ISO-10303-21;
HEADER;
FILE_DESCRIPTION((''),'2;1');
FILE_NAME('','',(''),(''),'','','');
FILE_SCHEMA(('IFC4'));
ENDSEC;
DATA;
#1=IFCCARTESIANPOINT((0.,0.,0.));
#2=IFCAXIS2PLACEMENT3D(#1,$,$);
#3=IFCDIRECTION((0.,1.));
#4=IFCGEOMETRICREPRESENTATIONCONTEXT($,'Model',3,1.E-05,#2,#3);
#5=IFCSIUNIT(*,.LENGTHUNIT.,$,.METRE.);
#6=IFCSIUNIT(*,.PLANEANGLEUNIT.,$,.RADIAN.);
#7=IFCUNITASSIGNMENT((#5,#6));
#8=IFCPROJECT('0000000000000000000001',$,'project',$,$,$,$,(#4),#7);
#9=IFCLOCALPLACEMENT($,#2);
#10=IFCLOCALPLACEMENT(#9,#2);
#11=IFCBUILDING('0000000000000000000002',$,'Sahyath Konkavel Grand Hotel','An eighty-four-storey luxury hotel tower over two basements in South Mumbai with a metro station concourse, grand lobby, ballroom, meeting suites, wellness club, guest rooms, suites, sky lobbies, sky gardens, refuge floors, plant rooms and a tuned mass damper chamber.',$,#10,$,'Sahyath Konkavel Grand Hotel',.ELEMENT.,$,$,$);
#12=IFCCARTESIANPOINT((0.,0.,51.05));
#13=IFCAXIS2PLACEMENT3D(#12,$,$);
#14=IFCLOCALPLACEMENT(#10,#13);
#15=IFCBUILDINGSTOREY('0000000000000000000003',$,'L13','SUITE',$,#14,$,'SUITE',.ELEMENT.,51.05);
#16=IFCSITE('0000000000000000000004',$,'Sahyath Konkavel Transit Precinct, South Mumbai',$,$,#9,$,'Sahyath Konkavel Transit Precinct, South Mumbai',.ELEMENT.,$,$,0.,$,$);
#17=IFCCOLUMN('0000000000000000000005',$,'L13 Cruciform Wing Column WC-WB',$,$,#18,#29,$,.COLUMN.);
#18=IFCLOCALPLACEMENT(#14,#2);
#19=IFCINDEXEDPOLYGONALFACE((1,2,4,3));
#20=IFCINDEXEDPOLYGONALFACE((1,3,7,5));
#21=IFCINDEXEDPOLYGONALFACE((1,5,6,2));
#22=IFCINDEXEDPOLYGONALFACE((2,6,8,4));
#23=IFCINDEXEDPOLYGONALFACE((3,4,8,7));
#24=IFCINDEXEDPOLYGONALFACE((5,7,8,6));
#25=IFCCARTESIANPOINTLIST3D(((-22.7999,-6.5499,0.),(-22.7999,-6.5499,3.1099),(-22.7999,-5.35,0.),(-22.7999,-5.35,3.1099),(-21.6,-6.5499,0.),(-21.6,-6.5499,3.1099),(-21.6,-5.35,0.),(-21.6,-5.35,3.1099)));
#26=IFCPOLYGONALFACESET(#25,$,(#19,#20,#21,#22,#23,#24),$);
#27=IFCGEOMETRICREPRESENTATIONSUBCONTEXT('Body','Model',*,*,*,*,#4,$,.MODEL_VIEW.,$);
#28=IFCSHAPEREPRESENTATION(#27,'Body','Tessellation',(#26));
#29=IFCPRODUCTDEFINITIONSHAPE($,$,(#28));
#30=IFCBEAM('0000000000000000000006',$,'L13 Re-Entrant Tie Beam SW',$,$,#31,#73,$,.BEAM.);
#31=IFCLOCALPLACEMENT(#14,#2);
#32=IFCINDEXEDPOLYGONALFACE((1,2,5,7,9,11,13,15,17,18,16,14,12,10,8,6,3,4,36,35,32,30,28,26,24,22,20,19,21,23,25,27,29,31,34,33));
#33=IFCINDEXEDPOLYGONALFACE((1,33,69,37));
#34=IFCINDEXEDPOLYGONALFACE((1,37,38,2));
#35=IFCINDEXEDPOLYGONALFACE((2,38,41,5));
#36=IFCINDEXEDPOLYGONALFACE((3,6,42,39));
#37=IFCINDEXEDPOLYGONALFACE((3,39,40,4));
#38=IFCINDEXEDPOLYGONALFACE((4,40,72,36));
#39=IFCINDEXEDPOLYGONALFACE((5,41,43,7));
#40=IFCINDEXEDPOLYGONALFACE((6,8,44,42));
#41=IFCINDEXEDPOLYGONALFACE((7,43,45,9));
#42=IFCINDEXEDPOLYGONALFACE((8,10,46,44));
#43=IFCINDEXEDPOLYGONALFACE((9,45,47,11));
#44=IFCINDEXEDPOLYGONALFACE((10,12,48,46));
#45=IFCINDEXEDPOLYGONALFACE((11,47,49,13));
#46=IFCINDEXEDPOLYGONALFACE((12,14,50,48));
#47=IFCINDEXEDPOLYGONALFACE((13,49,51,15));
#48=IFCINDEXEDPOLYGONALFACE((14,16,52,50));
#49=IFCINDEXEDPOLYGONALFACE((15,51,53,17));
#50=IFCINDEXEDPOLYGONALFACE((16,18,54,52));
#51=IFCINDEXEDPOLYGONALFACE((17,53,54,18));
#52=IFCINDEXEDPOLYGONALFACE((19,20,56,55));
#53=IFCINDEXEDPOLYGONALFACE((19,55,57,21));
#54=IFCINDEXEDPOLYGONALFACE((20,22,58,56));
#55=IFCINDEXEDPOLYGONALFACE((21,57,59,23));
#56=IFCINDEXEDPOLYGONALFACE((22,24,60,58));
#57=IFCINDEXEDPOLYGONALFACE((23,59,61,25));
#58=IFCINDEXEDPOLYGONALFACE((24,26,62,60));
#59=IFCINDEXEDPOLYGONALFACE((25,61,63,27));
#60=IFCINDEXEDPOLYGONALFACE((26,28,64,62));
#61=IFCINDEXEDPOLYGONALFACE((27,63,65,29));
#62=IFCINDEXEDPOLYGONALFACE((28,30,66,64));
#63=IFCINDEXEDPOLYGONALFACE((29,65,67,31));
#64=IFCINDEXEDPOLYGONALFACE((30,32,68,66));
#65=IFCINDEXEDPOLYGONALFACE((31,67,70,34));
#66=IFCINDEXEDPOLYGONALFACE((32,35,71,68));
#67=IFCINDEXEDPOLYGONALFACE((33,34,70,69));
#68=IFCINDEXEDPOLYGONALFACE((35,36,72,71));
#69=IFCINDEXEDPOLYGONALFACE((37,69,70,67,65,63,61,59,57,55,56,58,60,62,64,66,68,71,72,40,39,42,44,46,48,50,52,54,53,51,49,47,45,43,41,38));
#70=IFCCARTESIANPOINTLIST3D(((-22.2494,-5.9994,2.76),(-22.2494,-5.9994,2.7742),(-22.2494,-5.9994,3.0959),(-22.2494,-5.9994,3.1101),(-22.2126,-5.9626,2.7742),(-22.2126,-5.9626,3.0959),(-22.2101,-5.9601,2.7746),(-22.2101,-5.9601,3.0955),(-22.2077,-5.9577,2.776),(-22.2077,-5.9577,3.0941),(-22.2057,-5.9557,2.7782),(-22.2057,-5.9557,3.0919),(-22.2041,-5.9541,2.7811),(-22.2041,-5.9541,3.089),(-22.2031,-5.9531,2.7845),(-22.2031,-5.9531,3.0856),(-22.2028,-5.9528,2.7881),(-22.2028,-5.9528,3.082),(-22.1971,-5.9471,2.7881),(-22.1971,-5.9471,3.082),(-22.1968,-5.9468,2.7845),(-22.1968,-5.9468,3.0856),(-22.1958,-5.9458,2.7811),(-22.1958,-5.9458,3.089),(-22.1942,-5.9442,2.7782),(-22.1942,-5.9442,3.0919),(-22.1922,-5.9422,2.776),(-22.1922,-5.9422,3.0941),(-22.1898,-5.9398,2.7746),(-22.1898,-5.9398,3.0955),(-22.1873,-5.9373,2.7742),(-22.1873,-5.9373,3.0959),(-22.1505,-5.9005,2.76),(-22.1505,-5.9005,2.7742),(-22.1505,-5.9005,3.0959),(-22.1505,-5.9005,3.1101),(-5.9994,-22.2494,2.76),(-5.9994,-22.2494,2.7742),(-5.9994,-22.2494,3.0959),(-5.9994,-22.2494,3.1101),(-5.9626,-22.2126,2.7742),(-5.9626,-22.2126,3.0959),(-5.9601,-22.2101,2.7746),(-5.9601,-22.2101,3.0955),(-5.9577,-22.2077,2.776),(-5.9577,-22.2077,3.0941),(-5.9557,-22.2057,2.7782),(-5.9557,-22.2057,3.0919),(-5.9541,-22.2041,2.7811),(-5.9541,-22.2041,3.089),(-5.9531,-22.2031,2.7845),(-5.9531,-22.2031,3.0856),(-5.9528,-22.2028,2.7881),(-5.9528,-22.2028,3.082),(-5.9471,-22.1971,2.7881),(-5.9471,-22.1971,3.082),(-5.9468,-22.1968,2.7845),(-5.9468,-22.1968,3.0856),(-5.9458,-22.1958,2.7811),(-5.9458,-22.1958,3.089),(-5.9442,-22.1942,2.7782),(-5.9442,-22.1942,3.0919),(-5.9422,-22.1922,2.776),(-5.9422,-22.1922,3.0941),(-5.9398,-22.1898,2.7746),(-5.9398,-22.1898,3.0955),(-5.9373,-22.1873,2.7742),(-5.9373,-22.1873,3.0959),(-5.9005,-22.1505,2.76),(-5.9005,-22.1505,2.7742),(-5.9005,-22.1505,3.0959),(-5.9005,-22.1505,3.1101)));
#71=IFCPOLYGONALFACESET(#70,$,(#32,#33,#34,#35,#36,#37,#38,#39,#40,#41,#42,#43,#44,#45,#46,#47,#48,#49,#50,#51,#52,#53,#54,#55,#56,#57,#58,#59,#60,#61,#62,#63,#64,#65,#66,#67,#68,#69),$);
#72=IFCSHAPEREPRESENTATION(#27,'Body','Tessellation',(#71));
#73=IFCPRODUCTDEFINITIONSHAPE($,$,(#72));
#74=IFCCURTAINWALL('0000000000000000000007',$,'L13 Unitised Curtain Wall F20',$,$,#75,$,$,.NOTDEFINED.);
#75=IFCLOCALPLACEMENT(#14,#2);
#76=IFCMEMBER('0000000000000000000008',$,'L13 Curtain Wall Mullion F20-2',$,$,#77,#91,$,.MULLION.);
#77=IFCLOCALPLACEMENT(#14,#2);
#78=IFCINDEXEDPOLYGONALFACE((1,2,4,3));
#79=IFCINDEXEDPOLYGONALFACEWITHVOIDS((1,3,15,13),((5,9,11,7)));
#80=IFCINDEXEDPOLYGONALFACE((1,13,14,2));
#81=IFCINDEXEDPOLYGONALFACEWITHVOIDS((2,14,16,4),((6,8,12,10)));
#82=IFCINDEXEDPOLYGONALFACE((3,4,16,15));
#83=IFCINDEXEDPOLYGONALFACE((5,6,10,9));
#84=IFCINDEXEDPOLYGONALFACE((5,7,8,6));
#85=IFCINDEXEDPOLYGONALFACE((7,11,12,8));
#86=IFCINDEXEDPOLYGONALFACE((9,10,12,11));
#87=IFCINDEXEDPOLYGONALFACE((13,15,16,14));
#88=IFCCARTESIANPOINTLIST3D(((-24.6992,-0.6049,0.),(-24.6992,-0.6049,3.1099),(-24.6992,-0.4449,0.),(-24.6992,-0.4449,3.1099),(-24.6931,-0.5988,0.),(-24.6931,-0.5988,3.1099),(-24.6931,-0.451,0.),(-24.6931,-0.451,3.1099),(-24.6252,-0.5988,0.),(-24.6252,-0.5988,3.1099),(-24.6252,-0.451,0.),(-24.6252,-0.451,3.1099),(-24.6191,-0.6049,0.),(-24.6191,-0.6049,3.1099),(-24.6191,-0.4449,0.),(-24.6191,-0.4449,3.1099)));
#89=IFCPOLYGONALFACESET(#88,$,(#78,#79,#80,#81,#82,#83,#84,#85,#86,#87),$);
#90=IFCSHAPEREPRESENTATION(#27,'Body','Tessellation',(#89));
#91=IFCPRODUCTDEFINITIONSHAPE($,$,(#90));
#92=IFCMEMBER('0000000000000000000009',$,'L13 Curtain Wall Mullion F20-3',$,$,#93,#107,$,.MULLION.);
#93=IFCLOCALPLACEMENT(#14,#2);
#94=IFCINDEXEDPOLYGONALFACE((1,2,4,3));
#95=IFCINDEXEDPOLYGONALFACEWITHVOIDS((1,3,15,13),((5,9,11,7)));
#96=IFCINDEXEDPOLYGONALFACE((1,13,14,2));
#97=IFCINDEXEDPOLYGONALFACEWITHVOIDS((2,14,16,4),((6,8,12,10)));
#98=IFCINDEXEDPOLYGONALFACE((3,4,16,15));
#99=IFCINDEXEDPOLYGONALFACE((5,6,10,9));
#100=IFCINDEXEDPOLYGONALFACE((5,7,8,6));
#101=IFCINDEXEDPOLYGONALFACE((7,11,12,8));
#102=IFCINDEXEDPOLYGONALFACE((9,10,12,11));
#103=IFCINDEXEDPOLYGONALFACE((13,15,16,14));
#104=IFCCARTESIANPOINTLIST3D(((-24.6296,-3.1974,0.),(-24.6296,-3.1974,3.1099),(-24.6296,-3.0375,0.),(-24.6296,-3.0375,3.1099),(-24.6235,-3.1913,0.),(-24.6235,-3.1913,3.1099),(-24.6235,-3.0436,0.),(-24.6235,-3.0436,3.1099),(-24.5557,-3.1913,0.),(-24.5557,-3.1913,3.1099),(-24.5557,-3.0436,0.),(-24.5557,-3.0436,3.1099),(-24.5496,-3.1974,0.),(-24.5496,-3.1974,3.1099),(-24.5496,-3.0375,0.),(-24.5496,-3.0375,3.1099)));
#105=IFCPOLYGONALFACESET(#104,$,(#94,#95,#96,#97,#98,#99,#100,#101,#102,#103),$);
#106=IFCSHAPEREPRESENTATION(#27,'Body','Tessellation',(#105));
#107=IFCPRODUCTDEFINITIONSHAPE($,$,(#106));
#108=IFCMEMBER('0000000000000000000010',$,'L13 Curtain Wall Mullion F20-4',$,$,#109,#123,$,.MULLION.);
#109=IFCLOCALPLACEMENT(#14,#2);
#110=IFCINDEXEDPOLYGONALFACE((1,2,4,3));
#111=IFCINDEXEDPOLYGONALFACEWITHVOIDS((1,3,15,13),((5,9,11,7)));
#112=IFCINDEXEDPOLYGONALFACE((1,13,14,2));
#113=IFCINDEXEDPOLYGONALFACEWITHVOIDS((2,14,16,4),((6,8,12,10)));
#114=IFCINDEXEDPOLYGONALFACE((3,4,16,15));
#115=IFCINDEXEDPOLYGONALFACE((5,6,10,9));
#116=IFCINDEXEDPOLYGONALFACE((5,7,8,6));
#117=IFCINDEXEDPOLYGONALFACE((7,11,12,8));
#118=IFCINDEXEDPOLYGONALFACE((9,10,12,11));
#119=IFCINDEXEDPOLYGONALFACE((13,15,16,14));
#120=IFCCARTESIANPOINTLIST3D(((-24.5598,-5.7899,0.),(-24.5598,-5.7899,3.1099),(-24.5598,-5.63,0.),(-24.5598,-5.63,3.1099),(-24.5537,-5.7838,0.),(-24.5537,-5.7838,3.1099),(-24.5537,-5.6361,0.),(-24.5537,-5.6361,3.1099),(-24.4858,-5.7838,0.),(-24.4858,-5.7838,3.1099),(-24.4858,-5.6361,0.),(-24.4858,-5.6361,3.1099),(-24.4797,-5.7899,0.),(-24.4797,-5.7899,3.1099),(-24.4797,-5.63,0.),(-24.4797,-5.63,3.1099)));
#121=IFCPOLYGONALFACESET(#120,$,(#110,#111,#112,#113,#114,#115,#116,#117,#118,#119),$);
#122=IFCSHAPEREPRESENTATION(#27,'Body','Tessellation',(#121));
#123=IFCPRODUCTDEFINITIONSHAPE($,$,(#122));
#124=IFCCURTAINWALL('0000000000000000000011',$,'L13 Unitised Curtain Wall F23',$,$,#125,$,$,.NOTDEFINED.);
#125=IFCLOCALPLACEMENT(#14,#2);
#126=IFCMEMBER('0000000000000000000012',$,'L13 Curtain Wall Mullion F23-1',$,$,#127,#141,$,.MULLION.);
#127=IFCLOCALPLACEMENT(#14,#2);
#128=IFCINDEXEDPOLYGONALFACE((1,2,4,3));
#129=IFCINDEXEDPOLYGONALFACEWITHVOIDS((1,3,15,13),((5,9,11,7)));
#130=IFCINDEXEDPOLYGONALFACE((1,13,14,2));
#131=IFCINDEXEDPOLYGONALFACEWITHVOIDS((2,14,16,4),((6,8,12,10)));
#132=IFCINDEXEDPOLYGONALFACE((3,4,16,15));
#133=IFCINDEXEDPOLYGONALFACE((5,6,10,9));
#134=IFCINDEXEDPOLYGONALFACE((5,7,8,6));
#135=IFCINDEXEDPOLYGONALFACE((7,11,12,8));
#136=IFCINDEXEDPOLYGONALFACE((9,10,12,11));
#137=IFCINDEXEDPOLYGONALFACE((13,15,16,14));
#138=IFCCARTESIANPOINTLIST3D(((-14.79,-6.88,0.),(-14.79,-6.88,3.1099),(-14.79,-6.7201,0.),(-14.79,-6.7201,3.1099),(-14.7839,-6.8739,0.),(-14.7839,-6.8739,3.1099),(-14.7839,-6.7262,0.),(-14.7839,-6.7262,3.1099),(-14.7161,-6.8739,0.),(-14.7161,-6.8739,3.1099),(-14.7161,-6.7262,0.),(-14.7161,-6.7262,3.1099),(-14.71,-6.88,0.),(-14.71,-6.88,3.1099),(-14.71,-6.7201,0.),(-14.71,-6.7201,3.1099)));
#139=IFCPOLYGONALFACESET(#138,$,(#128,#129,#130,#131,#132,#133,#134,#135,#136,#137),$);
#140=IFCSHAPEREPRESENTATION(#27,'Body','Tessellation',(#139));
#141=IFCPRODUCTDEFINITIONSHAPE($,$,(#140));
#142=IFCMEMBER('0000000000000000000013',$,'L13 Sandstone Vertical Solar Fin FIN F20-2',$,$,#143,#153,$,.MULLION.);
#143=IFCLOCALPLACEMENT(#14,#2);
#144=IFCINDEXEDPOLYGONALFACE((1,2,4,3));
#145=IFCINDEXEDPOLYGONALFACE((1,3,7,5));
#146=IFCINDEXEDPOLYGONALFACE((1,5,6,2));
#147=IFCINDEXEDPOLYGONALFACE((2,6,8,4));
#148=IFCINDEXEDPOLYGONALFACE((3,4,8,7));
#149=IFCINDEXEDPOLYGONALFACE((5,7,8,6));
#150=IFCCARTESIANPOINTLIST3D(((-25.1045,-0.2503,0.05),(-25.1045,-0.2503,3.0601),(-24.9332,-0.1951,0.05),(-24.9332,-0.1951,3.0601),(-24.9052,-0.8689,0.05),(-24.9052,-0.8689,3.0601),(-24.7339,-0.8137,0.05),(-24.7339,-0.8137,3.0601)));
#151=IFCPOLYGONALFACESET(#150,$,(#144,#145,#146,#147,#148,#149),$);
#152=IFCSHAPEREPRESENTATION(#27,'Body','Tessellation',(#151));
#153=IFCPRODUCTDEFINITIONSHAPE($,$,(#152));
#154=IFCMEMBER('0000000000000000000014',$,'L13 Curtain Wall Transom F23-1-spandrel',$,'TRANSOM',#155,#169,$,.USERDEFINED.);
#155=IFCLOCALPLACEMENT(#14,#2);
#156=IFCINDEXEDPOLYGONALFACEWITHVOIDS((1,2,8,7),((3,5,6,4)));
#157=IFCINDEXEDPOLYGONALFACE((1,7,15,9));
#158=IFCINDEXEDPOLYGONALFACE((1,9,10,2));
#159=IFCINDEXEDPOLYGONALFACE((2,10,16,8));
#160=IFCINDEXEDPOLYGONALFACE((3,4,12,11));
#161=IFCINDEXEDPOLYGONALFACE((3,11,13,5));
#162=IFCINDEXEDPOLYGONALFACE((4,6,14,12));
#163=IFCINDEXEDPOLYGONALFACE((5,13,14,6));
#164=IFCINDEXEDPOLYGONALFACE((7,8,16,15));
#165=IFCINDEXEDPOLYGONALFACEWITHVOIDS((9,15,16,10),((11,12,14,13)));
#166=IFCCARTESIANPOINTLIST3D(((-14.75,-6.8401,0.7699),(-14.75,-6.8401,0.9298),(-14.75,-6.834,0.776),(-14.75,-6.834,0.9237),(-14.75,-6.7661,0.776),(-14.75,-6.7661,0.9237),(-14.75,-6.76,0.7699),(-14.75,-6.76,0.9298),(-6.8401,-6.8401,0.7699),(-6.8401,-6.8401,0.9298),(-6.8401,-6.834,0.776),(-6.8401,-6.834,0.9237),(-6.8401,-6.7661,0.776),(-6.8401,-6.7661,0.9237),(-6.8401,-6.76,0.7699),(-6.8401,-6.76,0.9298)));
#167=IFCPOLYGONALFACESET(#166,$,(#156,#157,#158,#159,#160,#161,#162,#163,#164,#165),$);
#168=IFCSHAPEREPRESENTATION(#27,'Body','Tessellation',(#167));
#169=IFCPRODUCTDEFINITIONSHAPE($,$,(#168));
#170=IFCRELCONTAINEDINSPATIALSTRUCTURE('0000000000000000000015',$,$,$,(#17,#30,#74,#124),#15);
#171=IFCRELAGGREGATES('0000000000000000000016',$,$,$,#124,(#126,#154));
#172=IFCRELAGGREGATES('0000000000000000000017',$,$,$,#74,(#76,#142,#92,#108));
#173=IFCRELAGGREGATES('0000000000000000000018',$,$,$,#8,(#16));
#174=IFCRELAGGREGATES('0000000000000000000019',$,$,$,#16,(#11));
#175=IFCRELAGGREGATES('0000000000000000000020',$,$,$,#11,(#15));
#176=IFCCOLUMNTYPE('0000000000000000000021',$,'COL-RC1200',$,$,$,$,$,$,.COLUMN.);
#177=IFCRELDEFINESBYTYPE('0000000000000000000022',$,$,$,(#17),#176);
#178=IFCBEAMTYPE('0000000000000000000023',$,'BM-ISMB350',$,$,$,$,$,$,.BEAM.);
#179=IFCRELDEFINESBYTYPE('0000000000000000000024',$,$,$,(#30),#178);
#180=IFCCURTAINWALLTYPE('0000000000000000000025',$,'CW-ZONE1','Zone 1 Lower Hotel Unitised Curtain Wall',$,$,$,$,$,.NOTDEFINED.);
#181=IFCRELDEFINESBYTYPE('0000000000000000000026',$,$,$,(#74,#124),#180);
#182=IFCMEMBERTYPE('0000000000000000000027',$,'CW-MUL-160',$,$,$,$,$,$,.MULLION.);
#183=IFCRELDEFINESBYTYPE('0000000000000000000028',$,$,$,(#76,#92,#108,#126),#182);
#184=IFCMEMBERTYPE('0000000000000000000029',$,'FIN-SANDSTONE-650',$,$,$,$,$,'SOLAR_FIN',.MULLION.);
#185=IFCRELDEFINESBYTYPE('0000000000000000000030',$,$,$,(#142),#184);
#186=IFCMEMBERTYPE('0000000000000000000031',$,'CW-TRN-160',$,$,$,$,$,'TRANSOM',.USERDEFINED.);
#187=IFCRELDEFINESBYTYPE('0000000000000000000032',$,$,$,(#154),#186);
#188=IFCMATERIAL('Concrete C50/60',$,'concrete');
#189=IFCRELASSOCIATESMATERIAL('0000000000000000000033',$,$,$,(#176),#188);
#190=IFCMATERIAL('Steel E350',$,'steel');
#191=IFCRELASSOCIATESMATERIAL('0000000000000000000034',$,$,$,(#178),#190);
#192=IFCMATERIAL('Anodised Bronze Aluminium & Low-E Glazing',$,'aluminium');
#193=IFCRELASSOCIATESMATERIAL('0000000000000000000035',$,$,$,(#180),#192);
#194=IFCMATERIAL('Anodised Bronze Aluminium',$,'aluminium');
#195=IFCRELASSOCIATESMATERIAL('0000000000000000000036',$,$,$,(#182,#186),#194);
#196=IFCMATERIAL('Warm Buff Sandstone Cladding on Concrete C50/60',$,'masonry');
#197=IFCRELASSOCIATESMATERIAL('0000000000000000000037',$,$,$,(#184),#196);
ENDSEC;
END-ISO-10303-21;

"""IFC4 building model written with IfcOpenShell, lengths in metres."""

from ifc_helpers import new_model, si_unit, direction, frame, origin, origin_2d, place, context, subcontext, project, spatial, rectangle, hollow_rectangle, i_section, extrude, source, transform, mapped, material, material_profile, profile_set, type_object, element, aggregate, save


model = new_model("IFC4")

# Units and contexts
model_context = context("Model", 3, precision=1e-05, world=origin(), true_north=direction((0.0, 1.0)))
body_context = subcontext(model_context, "Body", "Model", "MODEL_VIEW")
ifc_project = project(units=[si_unit("LENGTHUNIT", "METRE"), si_unit("PLANEANGLEUNIT", "RADIAN")], contexts=[model_context])

# Site, building, storey
site_placement = place(None, origin())
site = spatial("IfcSite", under=ifc_project, at=site_placement, Name="Sahyath Konkavel Transit Precinct, South Mumbai", LongName="Sahyath Konkavel Transit Precinct, South Mumbai", CompositionType="ELEMENT", RefElevation=0.0)
building_placement = place(site_placement, origin())
building = spatial("IfcBuilding", under=site, at=building_placement, Name="Sahyath Konkavel Grand Hotel", Description="An eighty-four-storey luxury hotel tower over two basements in South Mumbai with a metro station concourse, grand lobby, ballroom, meeting suites, wellness club, guest rooms, suites, sky lobbies, sky gardens, refuge floors, plant rooms and a tuned mass damper chamber.", LongName="Sahyath Konkavel Grand Hotel", CompositionType="ELEMENT")
storey_placement = place(building_placement, frame((0.0, 0.0, 51.05)))
storey = spatial("IfcBuildingStorey", under=building, at=storey_placement, Name="L13", Description="SUITE", LongName="SUITE", CompositionType="ELEMENT", Elevation=51.05)

# Column
ifc_material_1 = material(Name="Concrete C50/60", Category="concrete")
ifc_material_profile_1 = material_profile(ifc_material_1, rectangle(XDim=1.2, YDim=1.2, at=origin_2d()), Name="RC 1200x1200")
ifc_profile_set_1 = profile_set([ifc_material_profile_1], Name="Concrete C50/60")
column_type = type_object("IfcColumnType", Name="COL-RC1200", PredefinedType="COLUMN", material=ifc_profile_set_1)
shared_shape_1 = source(origin(), body_context, "Body", "SweptSolid", [
    extrude(rectangle(XDim=1.2, YDim=1.2, at=origin_2d()), origin(), (0.0, 0.0, 1.0), 3.1099),
])
column_placement = place(storey_placement, frame((-22.2, -5.95, 0.0), z_axis=(0.0, 0.0, 1.0), x_axis=(1.0, 0.0, 0.0)))
element("IfcColumn", 1, at=column_placement, inside=storey, type_object=column_type, Name="L13 Cruciform Wing Column WC-WB", PredefinedType="COLUMN", context=body_context, shape_type="MappedRepresentation", body=[
    mapped(shared_shape_1, transform((0.0, 0.0, 0.0), scale=1.0)),
])

# Beam
ifc_material_2 = material(Name="Steel E350", Category="steel")
ifc_material_profile_2 = material_profile(ifc_material_2, i_section(OverallWidth=0.1399, OverallDepth=0.3501, WebThickness=0.0081, FlangeThickness=0.0142, FilletRadius=0.0139, at=origin_2d()), Name="ISMB 350")
ifc_profile_set_2 = profile_set([ifc_material_profile_2], Name="Steel E350")
beam_type_1 = type_object("IfcBeamType", Name="BM-ISMB350", PredefinedType="BEAM", material=ifc_profile_set_2)
shared_shape_2 = source(origin(), body_context, "Body", "SweptSolid", [
    extrude(i_section(OverallWidth=0.1399, OverallDepth=0.3501, WebThickness=0.0081, FlangeThickness=0.0142, FilletRadius=0.0139, at=origin_2d()), origin(), (0.0, 0.0, 1.0), 22.981),
])
beam_1_placement = place(storey_placement, frame((-22.2, -5.95, 2.9351), z_axis=(0.707107, -0.707107, 0.0), x_axis=(0.707107, 0.707107, 0.0)))
element("IfcBeam", 2, at=beam_1_placement, inside=storey, type_object=beam_type_1, Name="L13 Re-Entrant Tie Beam SW", PredefinedType="BEAM", context=body_context, shape_type="MappedRepresentation", body=[
    mapped(shared_shape_2, transform((0.0, 0.0, 0.0), scale=1.0)),
])

# Curtain wall, members
ifc_material_3 = material(Name="Anodised Bronze Aluminium & Low-E Glazing", Category="aluminium")
curtain_wall_type = type_object("IfcCurtainWallType", Name="CW-ZONE1", Description="Zone 1 Lower Hotel Unitised Curtain Wall", PredefinedType="NOTDEFINED", material=ifc_material_3)
curtain_wall_1_placement = place(storey_placement, origin())
curtain_wall_1 = element("IfcCurtainWall", 3, at=curtain_wall_1_placement, inside=storey, type_object=curtain_wall_type, Name="L13 Unitised Curtain Wall F20", PredefinedType="NOTDEFINED")
ifc_material_4 = material(Name="Anodised Bronze Aluminium", Category="aluminium")
ifc_material_profile_3 = material_profile(ifc_material_4, hollow_rectangle(XDim=0.0801, YDim=0.1599, WallThickness=0.0061, at=origin_2d()), Name="RHS 160x80x6")
ifc_profile_set_3 = profile_set([ifc_material_profile_3], Name="Anodised Bronze Aluminium")
member_type_1 = type_object("IfcMemberType", Name="CW-MUL-160", PredefinedType="MULLION", material=ifc_profile_set_3)
shared_shape_3 = source(origin(), body_context, "Body", "SweptSolid", [
    extrude(hollow_rectangle(XDim=0.0801, YDim=0.1599, WallThickness=0.0061, at=origin_2d()), origin(), (0.0, 0.0, 1.0), 3.1099),
])
member_1_placement = place(storey_placement, frame((-24.6592, -0.5249, 0.0), z_axis=(0.0, 0.0, 1.0), x_axis=(1.0, 0.0, 0.0)))
member_1 = element("IfcMember", 4, at=member_1_placement, type_object=member_type_1, Name="L13 Curtain Wall Mullion F20-2", PredefinedType="MULLION", context=body_context, shape_type="MappedRepresentation", body=[
    mapped(shared_shape_3, transform((0.0, 0.0, 0.0), scale=1.0)),
])
member_2_placement = place(storey_placement, frame((-24.5896, -3.1174, 0.0), z_axis=(0.0, 0.0, 1.0), x_axis=(1.0, 0.0, 0.0)))
member_2 = element("IfcMember", 5, at=member_2_placement, type_object=member_type_1, Name="L13 Curtain Wall Mullion F20-3", PredefinedType="MULLION", context=body_context, shape_type="MappedRepresentation", body=[
    mapped(shared_shape_3, transform((0.0, 0.0, 0.0), scale=1.0)),
])
member_3_placement = place(storey_placement, frame((-24.5198, -5.71, 0.0), z_axis=(0.0, 0.0, 1.0), x_axis=(1.0, 0.0, 0.0)))
member_3 = element("IfcMember", 6, at=member_3_placement, type_object=member_type_1, Name="L13 Curtain Wall Mullion F20-4", PredefinedType="MULLION", context=body_context, shape_type="MappedRepresentation", body=[
    mapped(shared_shape_3, transform((0.0, 0.0, 0.0), scale=1.0)),
])

# Curtain wall, member
curtain_wall_2_placement = place(storey_placement, origin())
curtain_wall_2 = element("IfcCurtainWall", 7, at=curtain_wall_2_placement, inside=storey, type_object=curtain_wall_type, Name="L13 Unitised Curtain Wall F23", PredefinedType="NOTDEFINED")
member_4_placement = place(storey_placement, frame((-14.75, -6.8, 0.0), z_axis=(0.0, 0.0, 1.0), x_axis=(1.0, 0.0, 0.0)))
member_4 = element("IfcMember", 8, at=member_4_placement, type_object=member_type_1, Name="L13 Curtain Wall Mullion F23-1", PredefinedType="MULLION", context=body_context, shape_type="MappedRepresentation", body=[
    mapped(shared_shape_3, transform((0.0, 0.0, 0.0), scale=1.0)),
])

# Members
ifc_material_5 = material(Name="Warm Buff Sandstone Cladding on Concrete C50/60", Category="masonry")
ifc_material_profile_4 = material_profile(ifc_material_5, rectangle(XDim=0.1799, YDim=0.6499, at=origin_2d()), Name="FIN 180x650")
ifc_profile_set_4 = profile_set([ifc_material_profile_4], Name="Warm Buff Sandstone Cladding on Concrete C50/60")
member_type_2 = type_object("IfcMemberType", Name="FIN-SANDSTONE-650", ElementType="SOLAR_FIN", PredefinedType="MULLION", material=ifc_profile_set_4)
shared_shape_4 = source(origin(), body_context, "Body", "SweptSolid", [
    extrude(rectangle(XDim=0.1799, YDim=0.6499, at=origin_2d()), origin(), (0.0, 0.0, 1.0), 3.01),
])
member_5_placement = place(storey_placement, frame((-24.9192, -0.532, 0.05), z_axis=(0.0, 0.0, 1.0), x_axis=(0.951809, 0.306692, 0.0)))
member_5 = element("IfcMember", 9, at=member_5_placement, type_object=member_type_2, Name="L13 Sandstone Vertical Solar Fin FIN F20-2", PredefinedType="MULLION", context=body_context, shape_type="MappedRepresentation", body=[
    mapped(shared_shape_4, transform((0.0, 0.0, 0.0), scale=1.0)),
])
ifc_material_profile_5 = material_profile(ifc_material_4, hollow_rectangle(XDim=0.0801, YDim=0.1599, WallThickness=0.0061, at=origin_2d()), Name="RHS 160x80x6")
ifc_profile_set_5 = profile_set([ifc_material_profile_5], Name="Anodised Bronze Aluminium")
member_type_3 = type_object("IfcMemberType", Name="CW-TRN-160", ElementType="TRANSOM", PredefinedType="USERDEFINED", material=ifc_profile_set_5)
shared_shape_5 = source(origin(), body_context, "Body", "SweptSolid", [
    extrude(hollow_rectangle(XDim=0.0801, YDim=0.1599, WallThickness=0.0061, at=origin_2d()), origin(), (0.0, 0.0, 1.0), 7.9099),
])
member_6_placement = place(storey_placement, frame((-14.75, -6.8, 0.8499), z_axis=(1.0, 0.0, 0.0), x_axis=(0.0, 1.0, 0.0)))
member_6 = element("IfcMember", 10, at=member_6_placement, type_object=member_type_3, Name="L13 Curtain Wall Transom F23-1-spandrel", ObjectType="TRANSOM", PredefinedType="USERDEFINED", context=body_context, shape_type="MappedRepresentation", body=[
    mapped(shared_shape_5, transform((0.0, 0.0, 0.0), scale=1.0)),
])

aggregate(curtain_wall_2, [member_4, member_6])
aggregate(curtain_wall_1, [member_1, member_5, member_2, member_3])

save(model, "model.ifc")
